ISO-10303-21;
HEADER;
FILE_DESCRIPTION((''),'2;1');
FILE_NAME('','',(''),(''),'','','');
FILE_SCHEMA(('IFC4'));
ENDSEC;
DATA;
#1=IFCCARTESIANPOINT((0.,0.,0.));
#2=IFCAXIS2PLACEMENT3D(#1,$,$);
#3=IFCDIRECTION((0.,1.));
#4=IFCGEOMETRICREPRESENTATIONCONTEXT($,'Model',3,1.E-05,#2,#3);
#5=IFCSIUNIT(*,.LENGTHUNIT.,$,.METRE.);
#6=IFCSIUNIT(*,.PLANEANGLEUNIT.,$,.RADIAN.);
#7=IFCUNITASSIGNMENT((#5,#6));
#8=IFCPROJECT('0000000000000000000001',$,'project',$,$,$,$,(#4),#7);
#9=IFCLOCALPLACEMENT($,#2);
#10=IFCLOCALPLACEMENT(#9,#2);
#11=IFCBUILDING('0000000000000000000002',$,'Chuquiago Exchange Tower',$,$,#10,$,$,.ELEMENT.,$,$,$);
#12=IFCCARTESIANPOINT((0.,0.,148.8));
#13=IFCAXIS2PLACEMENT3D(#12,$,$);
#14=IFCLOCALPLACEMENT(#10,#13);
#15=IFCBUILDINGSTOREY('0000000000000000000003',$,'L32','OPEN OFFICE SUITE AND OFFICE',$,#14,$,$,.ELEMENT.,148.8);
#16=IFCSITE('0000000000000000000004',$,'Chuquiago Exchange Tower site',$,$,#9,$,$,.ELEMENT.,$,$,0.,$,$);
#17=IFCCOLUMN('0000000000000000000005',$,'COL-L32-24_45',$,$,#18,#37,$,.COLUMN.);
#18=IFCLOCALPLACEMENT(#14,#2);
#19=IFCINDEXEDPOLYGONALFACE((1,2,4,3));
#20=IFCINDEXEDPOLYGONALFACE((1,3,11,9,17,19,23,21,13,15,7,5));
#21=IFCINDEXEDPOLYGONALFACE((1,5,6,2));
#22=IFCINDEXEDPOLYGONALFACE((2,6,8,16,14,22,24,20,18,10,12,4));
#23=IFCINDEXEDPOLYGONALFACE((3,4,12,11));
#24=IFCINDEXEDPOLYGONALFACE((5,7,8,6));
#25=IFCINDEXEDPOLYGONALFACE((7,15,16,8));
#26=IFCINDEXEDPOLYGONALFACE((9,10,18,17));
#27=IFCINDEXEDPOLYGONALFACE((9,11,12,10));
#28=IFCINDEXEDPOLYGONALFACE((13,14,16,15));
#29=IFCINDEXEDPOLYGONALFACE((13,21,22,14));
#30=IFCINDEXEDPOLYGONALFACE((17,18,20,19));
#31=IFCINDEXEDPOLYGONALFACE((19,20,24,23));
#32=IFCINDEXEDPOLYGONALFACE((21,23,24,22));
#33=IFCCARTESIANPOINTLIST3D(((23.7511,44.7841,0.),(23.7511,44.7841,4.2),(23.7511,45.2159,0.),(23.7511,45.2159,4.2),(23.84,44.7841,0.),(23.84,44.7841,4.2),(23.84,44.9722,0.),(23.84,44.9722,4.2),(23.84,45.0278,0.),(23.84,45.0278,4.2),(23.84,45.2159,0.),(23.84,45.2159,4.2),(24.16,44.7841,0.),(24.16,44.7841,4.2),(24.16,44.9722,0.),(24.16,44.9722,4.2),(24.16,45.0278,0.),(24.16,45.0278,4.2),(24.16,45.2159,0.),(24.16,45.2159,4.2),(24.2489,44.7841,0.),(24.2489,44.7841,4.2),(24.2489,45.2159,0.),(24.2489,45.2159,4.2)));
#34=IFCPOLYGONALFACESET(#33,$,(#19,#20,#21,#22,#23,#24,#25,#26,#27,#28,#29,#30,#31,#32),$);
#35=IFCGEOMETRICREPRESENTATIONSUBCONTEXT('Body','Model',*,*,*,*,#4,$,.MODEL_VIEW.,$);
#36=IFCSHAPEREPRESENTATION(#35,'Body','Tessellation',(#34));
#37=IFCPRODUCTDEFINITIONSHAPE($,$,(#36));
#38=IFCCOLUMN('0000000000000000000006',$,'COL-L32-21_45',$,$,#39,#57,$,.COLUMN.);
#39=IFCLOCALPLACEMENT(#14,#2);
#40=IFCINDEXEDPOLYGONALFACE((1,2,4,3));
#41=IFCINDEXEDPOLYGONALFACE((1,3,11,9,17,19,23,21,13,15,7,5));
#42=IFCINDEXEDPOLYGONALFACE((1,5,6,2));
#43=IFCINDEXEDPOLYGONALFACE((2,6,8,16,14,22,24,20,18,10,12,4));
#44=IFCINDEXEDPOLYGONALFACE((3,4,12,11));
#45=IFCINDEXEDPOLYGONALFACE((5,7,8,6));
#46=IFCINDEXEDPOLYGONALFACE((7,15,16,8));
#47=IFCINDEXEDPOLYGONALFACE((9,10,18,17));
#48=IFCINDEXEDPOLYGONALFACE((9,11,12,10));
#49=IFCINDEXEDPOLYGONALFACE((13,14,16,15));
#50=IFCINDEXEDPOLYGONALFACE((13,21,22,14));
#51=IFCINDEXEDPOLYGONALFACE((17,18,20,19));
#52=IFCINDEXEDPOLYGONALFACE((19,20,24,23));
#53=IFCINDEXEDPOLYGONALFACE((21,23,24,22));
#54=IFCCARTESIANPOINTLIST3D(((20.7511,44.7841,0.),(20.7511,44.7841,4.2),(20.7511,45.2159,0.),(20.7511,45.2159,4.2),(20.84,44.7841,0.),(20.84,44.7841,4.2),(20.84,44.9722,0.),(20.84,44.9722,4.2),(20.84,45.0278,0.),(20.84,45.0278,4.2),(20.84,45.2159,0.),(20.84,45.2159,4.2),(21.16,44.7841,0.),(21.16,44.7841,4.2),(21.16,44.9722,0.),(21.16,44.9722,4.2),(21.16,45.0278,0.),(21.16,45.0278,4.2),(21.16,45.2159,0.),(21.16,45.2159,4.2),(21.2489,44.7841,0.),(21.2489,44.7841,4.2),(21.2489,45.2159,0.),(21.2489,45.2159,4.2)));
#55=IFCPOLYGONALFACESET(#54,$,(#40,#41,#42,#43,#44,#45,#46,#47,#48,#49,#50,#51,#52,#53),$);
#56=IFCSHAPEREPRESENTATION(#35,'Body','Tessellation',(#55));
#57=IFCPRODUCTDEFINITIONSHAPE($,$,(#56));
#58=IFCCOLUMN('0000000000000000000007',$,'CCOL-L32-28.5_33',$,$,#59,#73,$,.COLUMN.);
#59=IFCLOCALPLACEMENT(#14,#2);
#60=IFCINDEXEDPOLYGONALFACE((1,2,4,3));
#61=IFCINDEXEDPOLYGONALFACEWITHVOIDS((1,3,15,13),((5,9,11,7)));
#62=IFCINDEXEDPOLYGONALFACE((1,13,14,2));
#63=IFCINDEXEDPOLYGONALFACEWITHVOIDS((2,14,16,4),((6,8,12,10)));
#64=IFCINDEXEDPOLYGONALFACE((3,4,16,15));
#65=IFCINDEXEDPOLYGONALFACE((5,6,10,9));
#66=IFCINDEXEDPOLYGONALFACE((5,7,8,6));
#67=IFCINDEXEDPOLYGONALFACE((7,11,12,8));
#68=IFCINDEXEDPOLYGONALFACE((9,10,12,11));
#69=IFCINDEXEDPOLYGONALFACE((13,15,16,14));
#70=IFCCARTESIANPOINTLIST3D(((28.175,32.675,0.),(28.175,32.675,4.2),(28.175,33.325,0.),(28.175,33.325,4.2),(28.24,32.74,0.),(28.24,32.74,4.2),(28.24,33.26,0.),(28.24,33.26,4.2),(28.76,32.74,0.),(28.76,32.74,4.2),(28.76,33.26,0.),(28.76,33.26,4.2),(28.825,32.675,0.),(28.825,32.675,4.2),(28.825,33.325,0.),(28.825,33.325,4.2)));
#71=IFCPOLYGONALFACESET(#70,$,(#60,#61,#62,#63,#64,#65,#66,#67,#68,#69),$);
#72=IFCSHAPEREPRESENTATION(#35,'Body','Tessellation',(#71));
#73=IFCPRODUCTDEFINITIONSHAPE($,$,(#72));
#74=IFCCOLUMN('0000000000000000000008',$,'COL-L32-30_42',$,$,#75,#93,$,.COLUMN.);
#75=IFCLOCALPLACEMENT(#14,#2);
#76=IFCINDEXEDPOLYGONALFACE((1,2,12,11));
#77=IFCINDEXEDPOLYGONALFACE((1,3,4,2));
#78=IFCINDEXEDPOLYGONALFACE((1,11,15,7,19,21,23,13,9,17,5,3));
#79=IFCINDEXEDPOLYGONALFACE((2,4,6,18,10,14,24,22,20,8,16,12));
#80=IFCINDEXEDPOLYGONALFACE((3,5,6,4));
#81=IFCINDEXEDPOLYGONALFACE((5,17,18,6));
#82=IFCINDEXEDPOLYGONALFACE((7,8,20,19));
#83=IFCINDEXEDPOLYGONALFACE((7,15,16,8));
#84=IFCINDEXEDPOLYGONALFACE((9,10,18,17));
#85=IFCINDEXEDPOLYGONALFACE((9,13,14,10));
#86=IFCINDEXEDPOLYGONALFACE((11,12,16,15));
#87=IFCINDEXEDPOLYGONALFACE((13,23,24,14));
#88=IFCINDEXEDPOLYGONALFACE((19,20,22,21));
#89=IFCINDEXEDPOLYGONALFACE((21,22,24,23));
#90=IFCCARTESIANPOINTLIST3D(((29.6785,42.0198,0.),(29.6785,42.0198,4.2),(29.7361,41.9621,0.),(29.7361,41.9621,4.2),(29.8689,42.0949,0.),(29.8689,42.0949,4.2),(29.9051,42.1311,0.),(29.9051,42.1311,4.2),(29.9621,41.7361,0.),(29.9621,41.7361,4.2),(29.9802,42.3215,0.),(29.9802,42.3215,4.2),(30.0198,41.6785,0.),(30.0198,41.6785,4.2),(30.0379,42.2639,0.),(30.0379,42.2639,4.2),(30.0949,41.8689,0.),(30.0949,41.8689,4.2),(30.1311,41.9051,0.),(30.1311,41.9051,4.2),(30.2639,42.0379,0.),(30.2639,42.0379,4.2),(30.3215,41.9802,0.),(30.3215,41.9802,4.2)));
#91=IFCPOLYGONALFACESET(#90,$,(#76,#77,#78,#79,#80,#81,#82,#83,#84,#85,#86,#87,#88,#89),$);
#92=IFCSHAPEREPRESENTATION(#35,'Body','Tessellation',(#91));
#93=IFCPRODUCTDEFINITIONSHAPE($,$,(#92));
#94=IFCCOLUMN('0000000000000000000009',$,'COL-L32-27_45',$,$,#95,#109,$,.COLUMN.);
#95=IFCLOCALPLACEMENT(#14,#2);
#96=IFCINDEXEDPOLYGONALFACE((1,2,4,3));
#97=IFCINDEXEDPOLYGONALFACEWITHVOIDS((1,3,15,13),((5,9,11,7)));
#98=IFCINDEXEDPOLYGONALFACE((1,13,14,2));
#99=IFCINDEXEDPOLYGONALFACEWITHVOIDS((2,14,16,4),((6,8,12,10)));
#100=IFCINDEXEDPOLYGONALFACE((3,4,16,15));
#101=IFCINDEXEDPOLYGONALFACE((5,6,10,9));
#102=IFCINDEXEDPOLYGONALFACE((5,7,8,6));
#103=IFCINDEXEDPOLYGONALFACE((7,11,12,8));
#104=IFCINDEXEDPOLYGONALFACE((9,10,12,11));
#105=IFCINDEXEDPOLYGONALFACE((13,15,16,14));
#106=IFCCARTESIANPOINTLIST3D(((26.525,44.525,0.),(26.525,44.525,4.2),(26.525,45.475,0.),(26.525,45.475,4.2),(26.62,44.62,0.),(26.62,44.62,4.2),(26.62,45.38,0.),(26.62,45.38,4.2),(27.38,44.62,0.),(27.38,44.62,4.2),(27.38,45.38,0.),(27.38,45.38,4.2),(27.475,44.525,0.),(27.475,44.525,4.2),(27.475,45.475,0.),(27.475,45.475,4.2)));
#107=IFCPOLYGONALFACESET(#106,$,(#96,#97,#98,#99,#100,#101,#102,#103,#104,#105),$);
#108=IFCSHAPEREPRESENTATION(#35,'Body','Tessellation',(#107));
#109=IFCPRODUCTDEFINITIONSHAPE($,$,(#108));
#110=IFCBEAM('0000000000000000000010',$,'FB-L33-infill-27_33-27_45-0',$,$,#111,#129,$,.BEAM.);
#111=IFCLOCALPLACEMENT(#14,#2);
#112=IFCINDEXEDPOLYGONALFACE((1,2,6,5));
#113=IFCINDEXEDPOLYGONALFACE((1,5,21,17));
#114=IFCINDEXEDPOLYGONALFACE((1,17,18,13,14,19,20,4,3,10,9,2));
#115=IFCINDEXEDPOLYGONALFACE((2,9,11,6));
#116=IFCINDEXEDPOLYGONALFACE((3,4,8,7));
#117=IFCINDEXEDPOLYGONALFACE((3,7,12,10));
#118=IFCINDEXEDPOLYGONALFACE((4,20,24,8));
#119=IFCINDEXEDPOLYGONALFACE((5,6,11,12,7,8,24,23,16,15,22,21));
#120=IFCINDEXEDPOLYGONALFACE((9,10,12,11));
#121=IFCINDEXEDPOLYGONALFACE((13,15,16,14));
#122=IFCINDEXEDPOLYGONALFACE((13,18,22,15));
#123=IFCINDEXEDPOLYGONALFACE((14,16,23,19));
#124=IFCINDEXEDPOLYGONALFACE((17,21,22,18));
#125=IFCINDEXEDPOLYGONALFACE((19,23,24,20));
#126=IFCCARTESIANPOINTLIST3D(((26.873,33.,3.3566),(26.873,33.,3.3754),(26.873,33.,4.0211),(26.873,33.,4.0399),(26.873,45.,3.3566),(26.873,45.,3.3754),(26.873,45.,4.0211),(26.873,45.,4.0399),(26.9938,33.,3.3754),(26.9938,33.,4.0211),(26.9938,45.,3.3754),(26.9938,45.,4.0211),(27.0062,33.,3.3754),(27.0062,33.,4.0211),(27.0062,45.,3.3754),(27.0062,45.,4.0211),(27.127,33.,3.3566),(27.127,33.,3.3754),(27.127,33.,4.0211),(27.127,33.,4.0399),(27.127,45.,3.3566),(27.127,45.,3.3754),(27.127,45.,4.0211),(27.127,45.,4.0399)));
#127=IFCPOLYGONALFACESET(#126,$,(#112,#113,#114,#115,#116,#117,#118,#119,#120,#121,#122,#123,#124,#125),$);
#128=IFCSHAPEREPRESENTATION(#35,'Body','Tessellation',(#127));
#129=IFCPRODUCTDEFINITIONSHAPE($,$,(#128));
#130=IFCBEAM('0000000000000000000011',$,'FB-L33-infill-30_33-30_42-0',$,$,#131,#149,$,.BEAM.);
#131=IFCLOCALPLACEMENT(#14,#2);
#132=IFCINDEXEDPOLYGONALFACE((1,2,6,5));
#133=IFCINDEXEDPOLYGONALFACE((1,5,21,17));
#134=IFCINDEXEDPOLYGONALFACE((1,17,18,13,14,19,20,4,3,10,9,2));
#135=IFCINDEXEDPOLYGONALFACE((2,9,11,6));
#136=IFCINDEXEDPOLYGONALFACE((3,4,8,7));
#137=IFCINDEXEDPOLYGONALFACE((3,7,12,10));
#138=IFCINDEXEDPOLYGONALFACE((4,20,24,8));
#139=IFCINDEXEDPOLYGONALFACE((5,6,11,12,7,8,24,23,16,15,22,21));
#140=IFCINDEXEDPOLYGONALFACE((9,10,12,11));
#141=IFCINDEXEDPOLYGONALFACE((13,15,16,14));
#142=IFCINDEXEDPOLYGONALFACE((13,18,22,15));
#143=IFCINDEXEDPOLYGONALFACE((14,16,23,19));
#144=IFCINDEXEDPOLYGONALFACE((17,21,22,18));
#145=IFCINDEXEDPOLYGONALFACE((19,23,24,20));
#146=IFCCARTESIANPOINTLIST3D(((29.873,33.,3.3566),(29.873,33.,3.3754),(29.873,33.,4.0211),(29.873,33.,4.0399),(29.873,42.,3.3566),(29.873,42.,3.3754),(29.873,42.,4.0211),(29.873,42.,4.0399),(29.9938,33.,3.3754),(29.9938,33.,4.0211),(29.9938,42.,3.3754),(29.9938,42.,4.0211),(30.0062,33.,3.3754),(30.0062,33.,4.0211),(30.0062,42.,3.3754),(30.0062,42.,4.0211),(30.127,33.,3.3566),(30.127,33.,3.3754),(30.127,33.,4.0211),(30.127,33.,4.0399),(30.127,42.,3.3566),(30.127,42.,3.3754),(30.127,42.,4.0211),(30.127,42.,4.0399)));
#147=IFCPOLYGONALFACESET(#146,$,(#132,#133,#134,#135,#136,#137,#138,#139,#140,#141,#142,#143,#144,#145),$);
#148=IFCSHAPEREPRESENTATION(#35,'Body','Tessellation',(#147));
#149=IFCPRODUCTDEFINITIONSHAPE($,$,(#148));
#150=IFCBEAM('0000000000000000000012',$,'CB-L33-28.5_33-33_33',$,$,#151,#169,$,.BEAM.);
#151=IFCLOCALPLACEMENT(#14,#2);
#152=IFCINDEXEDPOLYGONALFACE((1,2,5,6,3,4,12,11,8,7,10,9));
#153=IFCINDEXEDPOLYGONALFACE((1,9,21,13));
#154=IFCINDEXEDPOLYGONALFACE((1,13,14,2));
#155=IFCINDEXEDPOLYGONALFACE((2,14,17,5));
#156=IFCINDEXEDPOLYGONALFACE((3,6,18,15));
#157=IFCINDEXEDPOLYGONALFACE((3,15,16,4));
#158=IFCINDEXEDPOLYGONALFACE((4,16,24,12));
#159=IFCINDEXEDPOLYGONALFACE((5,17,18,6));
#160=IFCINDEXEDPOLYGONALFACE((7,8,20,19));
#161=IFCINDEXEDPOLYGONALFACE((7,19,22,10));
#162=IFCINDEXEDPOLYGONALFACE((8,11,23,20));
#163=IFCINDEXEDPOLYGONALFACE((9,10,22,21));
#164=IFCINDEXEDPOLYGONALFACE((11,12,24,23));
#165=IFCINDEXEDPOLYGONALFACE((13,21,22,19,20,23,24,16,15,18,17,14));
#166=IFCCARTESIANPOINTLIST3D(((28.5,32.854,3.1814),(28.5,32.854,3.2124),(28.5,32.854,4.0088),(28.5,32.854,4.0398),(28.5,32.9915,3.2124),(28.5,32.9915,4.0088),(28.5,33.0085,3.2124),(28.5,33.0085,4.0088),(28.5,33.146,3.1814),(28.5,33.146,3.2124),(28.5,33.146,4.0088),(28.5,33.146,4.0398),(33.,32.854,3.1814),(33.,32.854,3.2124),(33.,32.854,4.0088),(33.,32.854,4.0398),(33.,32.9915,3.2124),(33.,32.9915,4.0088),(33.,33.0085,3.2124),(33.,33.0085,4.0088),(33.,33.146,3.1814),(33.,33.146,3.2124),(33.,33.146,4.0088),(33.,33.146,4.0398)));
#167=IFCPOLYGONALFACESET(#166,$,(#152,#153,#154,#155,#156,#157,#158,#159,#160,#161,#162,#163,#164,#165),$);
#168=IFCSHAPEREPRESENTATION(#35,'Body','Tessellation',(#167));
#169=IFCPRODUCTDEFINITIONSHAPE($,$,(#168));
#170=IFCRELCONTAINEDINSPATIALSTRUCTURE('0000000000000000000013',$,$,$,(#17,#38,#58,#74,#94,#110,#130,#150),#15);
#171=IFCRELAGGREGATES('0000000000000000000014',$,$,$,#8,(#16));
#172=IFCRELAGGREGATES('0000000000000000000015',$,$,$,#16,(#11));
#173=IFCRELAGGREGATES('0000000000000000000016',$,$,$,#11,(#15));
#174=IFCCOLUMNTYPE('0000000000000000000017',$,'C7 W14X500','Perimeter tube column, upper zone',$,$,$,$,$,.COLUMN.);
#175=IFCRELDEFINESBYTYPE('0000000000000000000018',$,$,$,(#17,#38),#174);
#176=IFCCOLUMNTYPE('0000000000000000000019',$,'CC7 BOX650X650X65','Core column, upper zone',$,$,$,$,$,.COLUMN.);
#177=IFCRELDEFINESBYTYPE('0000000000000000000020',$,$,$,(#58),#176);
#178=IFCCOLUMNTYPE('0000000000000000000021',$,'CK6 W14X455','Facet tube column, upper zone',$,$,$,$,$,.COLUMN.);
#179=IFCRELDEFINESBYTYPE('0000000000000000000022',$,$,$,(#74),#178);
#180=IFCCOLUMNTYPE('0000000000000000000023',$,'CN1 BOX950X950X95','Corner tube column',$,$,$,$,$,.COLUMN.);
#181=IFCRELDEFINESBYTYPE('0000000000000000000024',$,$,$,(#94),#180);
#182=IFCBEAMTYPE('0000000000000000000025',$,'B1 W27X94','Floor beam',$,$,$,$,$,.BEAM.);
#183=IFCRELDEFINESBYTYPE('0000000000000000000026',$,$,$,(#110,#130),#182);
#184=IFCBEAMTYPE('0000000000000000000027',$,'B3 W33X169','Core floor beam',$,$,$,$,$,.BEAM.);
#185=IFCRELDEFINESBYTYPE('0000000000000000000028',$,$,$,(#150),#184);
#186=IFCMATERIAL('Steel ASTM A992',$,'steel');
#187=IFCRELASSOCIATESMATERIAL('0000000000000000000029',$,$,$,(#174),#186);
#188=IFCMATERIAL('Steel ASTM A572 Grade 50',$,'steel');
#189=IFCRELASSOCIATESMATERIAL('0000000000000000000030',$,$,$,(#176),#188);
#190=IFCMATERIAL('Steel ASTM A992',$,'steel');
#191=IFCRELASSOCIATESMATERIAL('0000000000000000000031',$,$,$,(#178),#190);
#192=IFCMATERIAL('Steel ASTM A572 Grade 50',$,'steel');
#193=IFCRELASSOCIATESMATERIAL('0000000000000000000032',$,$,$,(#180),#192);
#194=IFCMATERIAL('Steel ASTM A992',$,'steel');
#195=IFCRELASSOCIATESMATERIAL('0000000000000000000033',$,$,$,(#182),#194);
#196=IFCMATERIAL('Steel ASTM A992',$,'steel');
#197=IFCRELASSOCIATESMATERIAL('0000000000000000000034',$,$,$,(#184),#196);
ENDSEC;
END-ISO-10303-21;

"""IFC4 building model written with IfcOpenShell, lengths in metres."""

from ifc_helpers import new_model, si_unit, direction, frame, origin, origin_2d, place, context, subcontext, project, spatial, hollow_rectangle, i_section, extrude, material, material_profile, profile_set, type_object, element, save


model = new_model("IFC4")

# Units and contexts
model_context = context("Model", 3, precision=1e-05, world=origin(), true_north=direction((0.0, 1.0)))
body_context = subcontext(model_context, "Body", "Model", "MODEL_VIEW")
ifc_project = project(units=[si_unit("LENGTHUNIT", "METRE"), si_unit("PLANEANGLEUNIT", "RADIAN")], contexts=[model_context])

# Site, building, storey
site_placement = place(None, origin())
site = spatial("IfcSite", under=ifc_project, at=site_placement, Name="Chuquiago Exchange Tower site", CompositionType="ELEMENT", RefElevation=0.0)
building_placement = place(site_placement, origin())
building = spatial("IfcBuilding", under=site, at=building_placement, Name="Chuquiago Exchange Tower", CompositionType="ELEMENT")
storey_placement = place(building_placement, frame((0.0, 0.0, 148.8)))
storey = spatial("IfcBuildingStorey", under=building, at=storey_placement, Name="L32", Description="OPEN OFFICE SUITE AND OFFICE", CompositionType="ELEMENT", Elevation=148.8)

# Columns
ifc_material_1 = material(Name="Steel ASTM A992", Category="steel")
ifc_material_profile_1 = material_profile(ifc_material_1, i_section(OverallWidth=0.4319, OverallDepth=0.4978, WebThickness=0.0557, FlangeThickness=0.0889, at=origin_2d()), Name="W14X500")
ifc_profile_set_1 = profile_set([ifc_material_profile_1], Name="Steel ASTM A992")
column_type_1 = type_object("IfcColumnType", Name="C7 W14X500", Description="Perimeter tube column, upper zone", PredefinedType="COLUMN", material=ifc_profile_set_1)
for number, where, z_axis, x_axis, name in (
    (1, (24.0, 45.0, 0.0), (0.0, 0.0, 1.0), (0.0, 1.0, 0.0), "COL-L32-24_45"),
    (2, (21.0, 45.0, 0.0), (0.0, 0.0, 1.0), (0.0, 1.0, 0.0), "COL-L32-21_45"),
):
    element("IfcColumn", number, at=place(storey_placement, frame(where, z_axis=z_axis, x_axis=x_axis)), inside=storey, type_object=column_type_1, Name=name, PredefinedType="COLUMN", context=body_context, shape_type="SweptSolid", body=[
        extrude(i_section(OverallWidth=0.4319, OverallDepth=0.4978, WebThickness=0.0557, FlangeThickness=0.0889, at=origin_2d()), origin(), (0.0, 0.0, 1.0), 4.2),
    ])
ifc_material_2 = material(Name="Steel ASTM A572 Grade 50", Category="steel")
ifc_material_profile_2 = material_profile(ifc_material_2, hollow_rectangle(XDim=0.6499, YDim=0.6499, WallThickness=0.0649, at=origin_2d()), Name="BOX650X650X65")
ifc_profile_set_2 = profile_set([ifc_material_profile_2], Name="Steel ASTM A572 Grade 50")
column_type_2 = type_object("IfcColumnType", Name="CC7 BOX650X650X65", Description="Core column, upper zone", PredefinedType="COLUMN", material=ifc_profile_set_2)
column_1_placement = place(storey_placement, frame((28.5, 33.0, 0.0), z_axis=(0.0, 0.0, 1.0), x_axis=(1.0, 0.0, 0.0)))
element("IfcColumn", 3, at=column_1_placement, inside=storey, type_object=column_type_2, Name="CCOL-L32-28.5_33", PredefinedType="COLUMN", context=body_context, shape_type="SweptSolid", body=[
    extrude(hollow_rectangle(XDim=0.6499, YDim=0.6499, WallThickness=0.0649, at=origin_2d()), origin(), (0.0, 0.0, 1.0), 4.2),
])
ifc_material_3 = material(Name="Steel ASTM A992", Category="steel")
ifc_material_profile_3 = material_profile(ifc_material_3, i_section(OverallWidth=0.4268, OverallDepth=0.4827, WebThickness=0.0513, FlangeThickness=0.0815, at=origin_2d()), Name="W14X455")
ifc_profile_set_3 = profile_set([ifc_material_profile_3], Name="Steel ASTM A992")
column_type_3 = type_object("IfcColumnType", Name="CK6 W14X455", Description="Facet tube column, upper zone", PredefinedType="COLUMN", material=ifc_profile_set_3)
column_2_placement = place(storey_placement, frame((30.0, 42.0, 0.0), z_axis=(0.0, 0.0, 1.0), x_axis=(0.707107, 0.707107, 0.0)))
element("IfcColumn", 4, at=column_2_placement, inside=storey, type_object=column_type_3, Name="COL-L32-30_42", PredefinedType="COLUMN", context=body_context, shape_type="SweptSolid", body=[
    extrude(i_section(OverallWidth=0.4268, OverallDepth=0.4827, WebThickness=0.0513, FlangeThickness=0.0815, at=origin_2d()), origin(), (0.0, 0.0, 1.0), 4.2),
])
ifc_material_4 = material(Name="Steel ASTM A572 Grade 50", Category="steel")
ifc_material_profile_4 = material_profile(ifc_material_4, hollow_rectangle(XDim=0.95, YDim=0.95, WallThickness=0.095, at=origin_2d()), Name="BOX950X950X95")
ifc_profile_set_4 = profile_set([ifc_material_profile_4], Name="Steel ASTM A572 Grade 50")
column_type_4 = type_object("IfcColumnType", Name="CN1 BOX950X950X95", Description="Corner tube column", PredefinedType="COLUMN", material=ifc_profile_set_4)
column_3_placement = place(storey_placement, frame((27.0, 45.0, 0.0), z_axis=(0.0, 0.0, 1.0), x_axis=(0.0, 1.0, 0.0)))
element("IfcColumn", 5, at=column_3_placement, inside=storey, type_object=column_type_4, Name="COL-L32-27_45", PredefinedType="COLUMN", context=body_context, shape_type="SweptSolid", body=[
    extrude(hollow_rectangle(XDim=0.95, YDim=0.95, WallThickness=0.095, at=origin_2d()), origin(), (0.0, 0.0, 1.0), 4.2),
])

# Beams
ifc_material_5 = material(Name="Steel ASTM A992", Category="steel")
ifc_material_profile_5 = material_profile(ifc_material_5, i_section(OverallWidth=0.2539, OverallDepth=0.6833, WebThickness=0.0125, FlangeThickness=0.0188, at=origin_2d()), Name="W27X94")
ifc_profile_set_5 = profile_set([ifc_material_profile_5], Name="Steel ASTM A992")
beam_type_1 = type_object("IfcBeamType", Name="B1 W27X94", Description="Floor beam", PredefinedType="BEAM", material=ifc_profile_set_5)
beam_1_placement = place(storey_placement, frame((27.0, 33.0, 3.6982), z_axis=(0.0, 1.0, 0.0), x_axis=(-1.0, 0.0, 0.0)))
element("IfcBeam", 6, at=beam_1_placement, inside=storey, type_object=beam_type_1, Name="FB-L33-infill-27_33-27_45-0", PredefinedType="BEAM", context=body_context, shape_type="SweptSolid", body=[
    extrude(i_section(OverallWidth=0.2539, OverallDepth=0.6833, WebThickness=0.0125, FlangeThickness=0.0188, at=origin_2d()), origin(), (0.0, 0.0, 1.0), 12.0),
])
beam_2_placement = place(storey_placement, frame((30.0, 33.0, 3.6982), z_axis=(0.0, 1.0, 0.0), x_axis=(-1.0, 0.0, 0.0)))
element("IfcBeam", 7, at=beam_2_placement, inside=storey, type_object=beam_type_1, Name="FB-L33-infill-30_33-30_42-0", PredefinedType="BEAM", context=body_context, shape_type="SweptSolid", body=[
    extrude(i_section(OverallWidth=0.2539, OverallDepth=0.6833, WebThickness=0.0125, FlangeThickness=0.0188, at=origin_2d()), origin(), (0.0, 0.0, 1.0), 9.0),
])
ifc_material_6 = material(Name="Steel ASTM A992", Category="steel")
ifc_material_profile_6 = material_profile(ifc_material_6, i_section(OverallWidth=0.292, OverallDepth=0.8584, WebThickness=0.0171, FlangeThickness=0.031, at=origin_2d()), Name="W33X169")
ifc_profile_set_6 = profile_set([ifc_material_profile_6], Name="Steel ASTM A992")
beam_type_2 = type_object("IfcBeamType", Name="B3 W33X169", Description="Core floor beam", PredefinedType="BEAM", material=ifc_profile_set_6)
beam_3_placement = place(storey_placement, frame((28.5, 33.0, 3.6106), z_axis=(1.0, 0.0, 0.0), x_axis=(0.0, 1.0, 0.0)))
element("IfcBeam", 8, at=beam_3_placement, inside=storey, type_object=beam_type_2, Name="CB-L33-28.5_33-33_33", PredefinedType="BEAM", context=body_context, shape_type="SweptSolid", body=[
    extrude(i_section(OverallWidth=0.292, OverallDepth=0.8584, WebThickness=0.0171, FlangeThickness=0.031, at=origin_2d()), origin(), (0.0, 0.0, 1.0), 4.5),
])

save(model, "model.ifc")
